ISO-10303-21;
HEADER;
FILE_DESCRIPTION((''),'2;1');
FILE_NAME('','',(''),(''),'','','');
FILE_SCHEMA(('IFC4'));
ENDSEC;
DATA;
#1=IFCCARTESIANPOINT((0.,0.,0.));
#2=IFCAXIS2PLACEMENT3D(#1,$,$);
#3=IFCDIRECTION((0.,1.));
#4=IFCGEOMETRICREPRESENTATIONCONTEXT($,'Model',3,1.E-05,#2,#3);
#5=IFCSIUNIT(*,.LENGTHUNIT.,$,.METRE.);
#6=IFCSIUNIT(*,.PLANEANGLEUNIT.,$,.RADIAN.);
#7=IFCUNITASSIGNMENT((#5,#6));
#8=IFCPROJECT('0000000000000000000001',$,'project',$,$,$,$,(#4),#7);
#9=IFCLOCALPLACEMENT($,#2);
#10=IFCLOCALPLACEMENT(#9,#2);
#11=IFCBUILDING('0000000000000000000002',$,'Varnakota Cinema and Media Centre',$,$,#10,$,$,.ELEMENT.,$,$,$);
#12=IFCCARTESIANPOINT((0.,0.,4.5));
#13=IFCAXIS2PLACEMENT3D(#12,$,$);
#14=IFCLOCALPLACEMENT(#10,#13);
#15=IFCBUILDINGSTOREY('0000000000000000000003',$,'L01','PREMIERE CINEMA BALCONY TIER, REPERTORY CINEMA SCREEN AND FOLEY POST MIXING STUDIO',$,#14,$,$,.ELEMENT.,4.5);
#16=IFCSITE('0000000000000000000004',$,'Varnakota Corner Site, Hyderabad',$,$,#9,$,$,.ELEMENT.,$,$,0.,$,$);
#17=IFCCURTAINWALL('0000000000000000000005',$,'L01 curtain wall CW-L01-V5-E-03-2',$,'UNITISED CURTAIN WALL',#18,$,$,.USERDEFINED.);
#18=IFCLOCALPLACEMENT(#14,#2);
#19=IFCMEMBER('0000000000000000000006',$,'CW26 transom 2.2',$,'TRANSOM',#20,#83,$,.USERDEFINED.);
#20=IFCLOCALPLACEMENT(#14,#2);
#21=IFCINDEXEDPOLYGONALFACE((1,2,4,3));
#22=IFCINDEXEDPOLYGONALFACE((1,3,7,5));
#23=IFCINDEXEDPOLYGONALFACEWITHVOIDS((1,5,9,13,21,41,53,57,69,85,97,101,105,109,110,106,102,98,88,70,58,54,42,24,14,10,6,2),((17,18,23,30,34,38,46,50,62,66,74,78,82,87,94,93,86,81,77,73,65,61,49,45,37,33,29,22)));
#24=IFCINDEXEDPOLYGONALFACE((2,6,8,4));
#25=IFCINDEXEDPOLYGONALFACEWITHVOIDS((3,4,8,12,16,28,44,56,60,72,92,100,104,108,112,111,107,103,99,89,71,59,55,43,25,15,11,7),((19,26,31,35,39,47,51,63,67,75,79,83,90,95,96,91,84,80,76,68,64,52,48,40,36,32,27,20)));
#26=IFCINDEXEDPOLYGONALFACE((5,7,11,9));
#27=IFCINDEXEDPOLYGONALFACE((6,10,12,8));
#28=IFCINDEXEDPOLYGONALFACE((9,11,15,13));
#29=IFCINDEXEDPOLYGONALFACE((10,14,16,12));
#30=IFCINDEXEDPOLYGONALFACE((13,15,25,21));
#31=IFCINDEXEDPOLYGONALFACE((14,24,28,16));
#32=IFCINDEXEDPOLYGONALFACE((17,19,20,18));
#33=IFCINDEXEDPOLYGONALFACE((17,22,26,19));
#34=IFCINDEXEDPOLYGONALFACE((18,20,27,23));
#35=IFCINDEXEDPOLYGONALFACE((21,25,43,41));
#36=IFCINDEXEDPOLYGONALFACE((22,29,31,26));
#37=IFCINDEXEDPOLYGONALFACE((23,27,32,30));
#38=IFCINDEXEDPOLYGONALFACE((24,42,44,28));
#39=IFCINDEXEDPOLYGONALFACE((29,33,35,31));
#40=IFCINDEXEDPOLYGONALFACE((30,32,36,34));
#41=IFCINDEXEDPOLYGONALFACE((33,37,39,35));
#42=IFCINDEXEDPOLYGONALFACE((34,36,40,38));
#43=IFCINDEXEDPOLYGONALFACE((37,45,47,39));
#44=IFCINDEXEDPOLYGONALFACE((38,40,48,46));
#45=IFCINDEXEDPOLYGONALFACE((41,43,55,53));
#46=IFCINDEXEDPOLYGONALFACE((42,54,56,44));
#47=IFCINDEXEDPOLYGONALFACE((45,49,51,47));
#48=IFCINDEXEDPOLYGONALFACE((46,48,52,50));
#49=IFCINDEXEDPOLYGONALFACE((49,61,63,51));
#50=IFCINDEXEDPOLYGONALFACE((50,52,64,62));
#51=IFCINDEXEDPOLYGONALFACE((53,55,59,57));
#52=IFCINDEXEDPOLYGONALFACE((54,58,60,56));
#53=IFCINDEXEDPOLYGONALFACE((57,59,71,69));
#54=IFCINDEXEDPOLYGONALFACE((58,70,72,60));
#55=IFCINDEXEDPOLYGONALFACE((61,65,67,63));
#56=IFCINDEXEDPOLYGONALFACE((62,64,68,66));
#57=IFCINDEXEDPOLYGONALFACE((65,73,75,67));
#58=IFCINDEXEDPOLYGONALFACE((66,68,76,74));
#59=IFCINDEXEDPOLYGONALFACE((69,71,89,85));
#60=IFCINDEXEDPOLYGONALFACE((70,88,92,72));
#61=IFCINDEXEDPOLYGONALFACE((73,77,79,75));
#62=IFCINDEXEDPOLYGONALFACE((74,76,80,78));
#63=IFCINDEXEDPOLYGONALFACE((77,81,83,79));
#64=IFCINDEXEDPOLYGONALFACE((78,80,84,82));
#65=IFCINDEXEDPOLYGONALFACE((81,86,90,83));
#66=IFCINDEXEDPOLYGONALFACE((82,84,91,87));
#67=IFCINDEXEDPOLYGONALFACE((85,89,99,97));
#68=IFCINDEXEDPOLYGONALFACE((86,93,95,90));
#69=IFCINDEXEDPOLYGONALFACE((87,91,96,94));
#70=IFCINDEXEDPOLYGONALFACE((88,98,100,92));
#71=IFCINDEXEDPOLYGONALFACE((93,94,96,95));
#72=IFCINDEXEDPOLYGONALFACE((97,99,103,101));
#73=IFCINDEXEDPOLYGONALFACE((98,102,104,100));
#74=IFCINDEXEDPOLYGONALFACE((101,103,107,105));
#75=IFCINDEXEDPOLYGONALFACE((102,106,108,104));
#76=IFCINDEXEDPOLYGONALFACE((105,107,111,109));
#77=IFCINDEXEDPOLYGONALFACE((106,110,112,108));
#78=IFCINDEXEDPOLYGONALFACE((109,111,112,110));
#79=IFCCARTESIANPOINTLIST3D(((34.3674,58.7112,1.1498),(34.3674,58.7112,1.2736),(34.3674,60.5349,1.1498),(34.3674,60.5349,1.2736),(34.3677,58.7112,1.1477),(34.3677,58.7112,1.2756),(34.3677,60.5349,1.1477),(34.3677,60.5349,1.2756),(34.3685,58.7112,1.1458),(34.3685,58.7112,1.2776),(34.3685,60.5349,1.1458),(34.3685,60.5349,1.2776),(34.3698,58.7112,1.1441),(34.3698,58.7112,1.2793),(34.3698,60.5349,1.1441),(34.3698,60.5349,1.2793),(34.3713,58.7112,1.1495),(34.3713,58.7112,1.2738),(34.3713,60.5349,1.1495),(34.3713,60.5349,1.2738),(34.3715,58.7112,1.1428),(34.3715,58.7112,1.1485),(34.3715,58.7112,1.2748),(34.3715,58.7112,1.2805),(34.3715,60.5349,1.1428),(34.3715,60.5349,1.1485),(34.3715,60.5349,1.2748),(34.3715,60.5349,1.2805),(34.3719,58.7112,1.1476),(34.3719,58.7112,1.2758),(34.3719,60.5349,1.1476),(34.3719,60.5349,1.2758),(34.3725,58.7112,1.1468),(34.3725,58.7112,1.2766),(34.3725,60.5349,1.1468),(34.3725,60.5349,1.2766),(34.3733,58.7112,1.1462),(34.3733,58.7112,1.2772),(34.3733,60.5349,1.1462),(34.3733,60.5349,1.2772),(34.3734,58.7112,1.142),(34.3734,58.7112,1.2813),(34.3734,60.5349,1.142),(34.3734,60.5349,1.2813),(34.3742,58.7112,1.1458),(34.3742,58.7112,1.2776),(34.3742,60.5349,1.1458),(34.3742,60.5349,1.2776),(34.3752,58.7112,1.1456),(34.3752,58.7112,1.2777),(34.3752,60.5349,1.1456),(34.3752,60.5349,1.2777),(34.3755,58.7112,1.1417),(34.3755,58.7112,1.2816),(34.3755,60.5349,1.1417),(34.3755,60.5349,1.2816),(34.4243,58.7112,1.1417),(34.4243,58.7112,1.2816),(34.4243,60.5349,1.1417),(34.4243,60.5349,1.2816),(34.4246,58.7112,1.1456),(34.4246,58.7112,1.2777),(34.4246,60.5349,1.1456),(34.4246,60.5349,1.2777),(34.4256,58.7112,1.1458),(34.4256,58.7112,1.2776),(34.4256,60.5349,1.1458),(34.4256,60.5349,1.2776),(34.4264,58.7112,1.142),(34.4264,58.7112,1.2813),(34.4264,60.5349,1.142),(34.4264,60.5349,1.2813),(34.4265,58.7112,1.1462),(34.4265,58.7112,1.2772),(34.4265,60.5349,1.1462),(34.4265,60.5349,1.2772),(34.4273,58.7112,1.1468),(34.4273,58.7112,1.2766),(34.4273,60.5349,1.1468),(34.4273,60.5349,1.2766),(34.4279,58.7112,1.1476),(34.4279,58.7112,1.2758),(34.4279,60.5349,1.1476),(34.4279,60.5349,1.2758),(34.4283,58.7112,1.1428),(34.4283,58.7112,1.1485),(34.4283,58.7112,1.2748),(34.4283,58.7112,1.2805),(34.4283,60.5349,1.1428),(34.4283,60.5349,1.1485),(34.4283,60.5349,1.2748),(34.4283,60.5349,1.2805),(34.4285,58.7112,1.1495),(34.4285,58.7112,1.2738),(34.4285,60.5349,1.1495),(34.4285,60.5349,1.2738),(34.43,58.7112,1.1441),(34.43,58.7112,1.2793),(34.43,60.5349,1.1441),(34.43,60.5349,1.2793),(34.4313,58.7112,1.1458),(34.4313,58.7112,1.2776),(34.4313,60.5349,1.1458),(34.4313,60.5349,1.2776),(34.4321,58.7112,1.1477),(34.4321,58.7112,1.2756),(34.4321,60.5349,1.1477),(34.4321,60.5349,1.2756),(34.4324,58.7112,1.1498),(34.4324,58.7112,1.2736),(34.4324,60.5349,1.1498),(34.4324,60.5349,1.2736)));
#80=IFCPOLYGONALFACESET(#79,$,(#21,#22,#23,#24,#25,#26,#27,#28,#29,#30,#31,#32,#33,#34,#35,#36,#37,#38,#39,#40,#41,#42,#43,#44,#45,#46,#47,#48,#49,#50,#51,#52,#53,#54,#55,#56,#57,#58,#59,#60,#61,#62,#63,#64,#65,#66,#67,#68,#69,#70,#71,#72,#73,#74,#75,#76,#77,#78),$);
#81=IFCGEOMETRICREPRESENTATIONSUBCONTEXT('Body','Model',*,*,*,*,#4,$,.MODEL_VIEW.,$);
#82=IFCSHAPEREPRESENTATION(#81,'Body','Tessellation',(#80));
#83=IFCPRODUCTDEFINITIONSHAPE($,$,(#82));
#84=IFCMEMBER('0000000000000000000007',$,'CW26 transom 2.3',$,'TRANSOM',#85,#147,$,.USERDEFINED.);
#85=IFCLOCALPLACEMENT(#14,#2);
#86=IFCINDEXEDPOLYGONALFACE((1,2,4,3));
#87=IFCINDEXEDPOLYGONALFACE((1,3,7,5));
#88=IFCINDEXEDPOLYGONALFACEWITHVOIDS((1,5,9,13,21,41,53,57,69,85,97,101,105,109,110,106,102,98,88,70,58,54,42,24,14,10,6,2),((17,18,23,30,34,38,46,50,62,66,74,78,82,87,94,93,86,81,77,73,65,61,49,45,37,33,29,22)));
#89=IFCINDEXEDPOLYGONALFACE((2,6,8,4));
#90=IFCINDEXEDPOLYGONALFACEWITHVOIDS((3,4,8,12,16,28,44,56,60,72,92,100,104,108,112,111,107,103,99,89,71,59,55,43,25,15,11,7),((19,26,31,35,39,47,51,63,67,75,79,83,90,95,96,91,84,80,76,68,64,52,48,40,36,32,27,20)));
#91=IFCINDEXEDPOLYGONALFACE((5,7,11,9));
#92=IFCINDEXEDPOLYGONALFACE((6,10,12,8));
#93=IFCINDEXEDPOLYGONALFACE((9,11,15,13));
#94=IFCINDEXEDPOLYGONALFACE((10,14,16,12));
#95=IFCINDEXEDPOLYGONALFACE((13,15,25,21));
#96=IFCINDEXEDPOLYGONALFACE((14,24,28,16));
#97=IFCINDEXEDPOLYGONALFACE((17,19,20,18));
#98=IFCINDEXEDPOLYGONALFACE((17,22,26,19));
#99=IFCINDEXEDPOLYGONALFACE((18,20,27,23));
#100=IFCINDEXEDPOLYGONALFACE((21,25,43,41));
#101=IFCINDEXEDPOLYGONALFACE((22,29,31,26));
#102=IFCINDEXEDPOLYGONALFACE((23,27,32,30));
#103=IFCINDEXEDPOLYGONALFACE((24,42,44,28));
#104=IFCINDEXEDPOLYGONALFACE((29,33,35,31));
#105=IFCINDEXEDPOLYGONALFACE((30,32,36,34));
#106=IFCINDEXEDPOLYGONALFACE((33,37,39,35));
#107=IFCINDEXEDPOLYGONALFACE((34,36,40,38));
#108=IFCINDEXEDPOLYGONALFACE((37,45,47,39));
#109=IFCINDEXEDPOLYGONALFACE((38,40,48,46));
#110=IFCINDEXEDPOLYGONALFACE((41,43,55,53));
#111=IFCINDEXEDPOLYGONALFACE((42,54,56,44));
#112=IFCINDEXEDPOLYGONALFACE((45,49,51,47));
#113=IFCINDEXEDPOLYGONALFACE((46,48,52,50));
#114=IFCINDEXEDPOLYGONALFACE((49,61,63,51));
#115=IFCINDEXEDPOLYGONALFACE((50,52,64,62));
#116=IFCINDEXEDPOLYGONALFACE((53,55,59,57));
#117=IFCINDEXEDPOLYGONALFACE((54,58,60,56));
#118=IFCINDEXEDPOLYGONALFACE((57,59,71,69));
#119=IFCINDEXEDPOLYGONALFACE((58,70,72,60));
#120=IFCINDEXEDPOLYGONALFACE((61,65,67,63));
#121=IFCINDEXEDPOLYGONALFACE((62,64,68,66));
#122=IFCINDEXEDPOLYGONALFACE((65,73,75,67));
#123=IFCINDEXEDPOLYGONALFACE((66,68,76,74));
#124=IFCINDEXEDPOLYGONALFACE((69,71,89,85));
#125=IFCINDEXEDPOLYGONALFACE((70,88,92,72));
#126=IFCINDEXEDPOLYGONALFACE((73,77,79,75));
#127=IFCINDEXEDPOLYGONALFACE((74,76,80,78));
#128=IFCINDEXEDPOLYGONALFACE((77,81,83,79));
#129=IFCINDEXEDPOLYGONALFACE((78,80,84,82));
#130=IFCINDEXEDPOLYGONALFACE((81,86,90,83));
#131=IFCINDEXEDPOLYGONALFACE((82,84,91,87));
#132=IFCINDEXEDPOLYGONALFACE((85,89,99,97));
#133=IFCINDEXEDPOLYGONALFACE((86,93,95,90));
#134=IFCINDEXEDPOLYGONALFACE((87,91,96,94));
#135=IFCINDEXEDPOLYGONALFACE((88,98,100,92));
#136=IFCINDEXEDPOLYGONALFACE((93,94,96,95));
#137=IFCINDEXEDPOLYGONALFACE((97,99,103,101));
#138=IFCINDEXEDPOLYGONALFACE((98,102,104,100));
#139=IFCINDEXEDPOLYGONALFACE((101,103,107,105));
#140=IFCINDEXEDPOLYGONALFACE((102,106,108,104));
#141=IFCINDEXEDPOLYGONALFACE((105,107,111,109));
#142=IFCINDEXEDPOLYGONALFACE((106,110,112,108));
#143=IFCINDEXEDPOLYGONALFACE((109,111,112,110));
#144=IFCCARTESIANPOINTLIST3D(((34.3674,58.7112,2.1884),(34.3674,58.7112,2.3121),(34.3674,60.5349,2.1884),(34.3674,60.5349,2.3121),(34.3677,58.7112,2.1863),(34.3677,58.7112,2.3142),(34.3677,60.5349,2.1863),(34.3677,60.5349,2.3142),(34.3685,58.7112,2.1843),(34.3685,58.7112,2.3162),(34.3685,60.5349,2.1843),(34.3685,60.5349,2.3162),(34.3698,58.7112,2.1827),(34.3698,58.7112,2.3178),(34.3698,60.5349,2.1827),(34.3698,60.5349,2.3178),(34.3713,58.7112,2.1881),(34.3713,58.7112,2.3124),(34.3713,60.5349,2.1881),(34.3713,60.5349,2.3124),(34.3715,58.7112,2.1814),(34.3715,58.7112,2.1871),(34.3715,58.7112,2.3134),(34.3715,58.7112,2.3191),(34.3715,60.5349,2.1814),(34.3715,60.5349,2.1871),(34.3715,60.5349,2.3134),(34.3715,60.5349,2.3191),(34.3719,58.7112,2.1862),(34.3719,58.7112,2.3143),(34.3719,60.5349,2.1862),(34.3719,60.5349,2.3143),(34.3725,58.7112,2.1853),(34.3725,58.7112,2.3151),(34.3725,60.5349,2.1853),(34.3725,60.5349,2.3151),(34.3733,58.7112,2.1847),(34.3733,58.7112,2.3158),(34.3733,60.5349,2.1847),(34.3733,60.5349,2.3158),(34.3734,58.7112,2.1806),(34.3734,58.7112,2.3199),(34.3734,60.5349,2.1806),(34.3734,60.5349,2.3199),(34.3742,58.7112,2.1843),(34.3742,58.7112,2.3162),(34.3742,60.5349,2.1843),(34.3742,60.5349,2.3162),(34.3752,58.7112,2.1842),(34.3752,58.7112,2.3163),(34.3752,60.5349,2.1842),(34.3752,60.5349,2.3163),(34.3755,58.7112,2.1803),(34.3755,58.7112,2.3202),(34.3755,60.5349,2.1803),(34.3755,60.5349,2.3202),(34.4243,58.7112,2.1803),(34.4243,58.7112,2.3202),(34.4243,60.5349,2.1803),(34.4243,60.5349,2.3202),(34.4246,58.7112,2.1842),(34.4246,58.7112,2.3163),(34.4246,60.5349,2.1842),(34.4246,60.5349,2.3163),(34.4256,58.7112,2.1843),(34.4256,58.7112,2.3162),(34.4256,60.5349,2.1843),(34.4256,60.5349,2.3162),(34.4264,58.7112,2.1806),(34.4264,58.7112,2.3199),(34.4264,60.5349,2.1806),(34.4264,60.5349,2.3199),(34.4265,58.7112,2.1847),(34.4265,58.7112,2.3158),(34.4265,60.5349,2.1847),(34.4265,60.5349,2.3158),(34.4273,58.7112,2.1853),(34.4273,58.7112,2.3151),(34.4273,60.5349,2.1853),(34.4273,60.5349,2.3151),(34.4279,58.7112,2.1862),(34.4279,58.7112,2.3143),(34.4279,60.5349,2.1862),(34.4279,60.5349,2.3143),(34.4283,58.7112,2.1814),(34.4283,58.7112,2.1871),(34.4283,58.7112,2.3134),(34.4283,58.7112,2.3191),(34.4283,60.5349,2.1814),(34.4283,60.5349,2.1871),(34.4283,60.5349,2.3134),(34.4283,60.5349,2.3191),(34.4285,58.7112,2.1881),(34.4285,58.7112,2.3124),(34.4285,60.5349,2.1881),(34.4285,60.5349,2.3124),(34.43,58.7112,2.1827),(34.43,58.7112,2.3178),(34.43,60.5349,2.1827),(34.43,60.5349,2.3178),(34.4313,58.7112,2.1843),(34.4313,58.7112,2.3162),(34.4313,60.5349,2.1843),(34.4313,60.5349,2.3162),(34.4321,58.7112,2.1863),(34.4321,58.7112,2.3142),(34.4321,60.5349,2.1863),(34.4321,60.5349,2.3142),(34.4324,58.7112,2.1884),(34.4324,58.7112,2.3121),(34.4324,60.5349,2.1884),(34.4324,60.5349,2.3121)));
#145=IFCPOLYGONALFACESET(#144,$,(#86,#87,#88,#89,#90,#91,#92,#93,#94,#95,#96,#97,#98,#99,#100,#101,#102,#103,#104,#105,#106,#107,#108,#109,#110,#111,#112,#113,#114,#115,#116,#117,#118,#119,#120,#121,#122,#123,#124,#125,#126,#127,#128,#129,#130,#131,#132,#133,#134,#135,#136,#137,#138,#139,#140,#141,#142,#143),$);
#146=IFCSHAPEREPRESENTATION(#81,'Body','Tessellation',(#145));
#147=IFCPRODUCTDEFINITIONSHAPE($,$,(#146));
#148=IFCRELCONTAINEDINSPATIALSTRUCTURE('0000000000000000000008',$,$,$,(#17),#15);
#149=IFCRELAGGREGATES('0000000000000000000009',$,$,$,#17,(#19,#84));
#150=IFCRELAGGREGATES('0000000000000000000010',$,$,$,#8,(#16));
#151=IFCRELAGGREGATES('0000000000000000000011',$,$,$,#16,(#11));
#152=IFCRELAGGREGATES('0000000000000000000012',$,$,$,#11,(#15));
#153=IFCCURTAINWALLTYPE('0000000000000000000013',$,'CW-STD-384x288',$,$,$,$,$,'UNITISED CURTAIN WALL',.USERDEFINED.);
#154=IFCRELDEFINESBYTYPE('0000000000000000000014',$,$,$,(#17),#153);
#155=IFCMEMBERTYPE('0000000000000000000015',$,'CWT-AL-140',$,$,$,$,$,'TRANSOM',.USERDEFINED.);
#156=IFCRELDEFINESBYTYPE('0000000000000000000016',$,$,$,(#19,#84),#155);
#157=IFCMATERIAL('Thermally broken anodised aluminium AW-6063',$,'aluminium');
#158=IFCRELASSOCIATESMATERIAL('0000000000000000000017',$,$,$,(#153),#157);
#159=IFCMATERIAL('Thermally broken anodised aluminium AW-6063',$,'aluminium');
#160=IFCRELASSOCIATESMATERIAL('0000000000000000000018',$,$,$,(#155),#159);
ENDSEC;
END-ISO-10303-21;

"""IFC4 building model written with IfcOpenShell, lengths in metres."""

from ifc_helpers import new_model, si_unit, direction, frame, origin, origin_2d, place, context, subcontext, project, spatial, hollow_rectangle, extrude, material, material_profile, profile_set, type_object, element, aggregate, save


model = new_model("IFC4")

# Units and contexts
model_context = context("Model", 3, precision=1e-05, world=origin(), true_north=direction((0.0, 1.0)))
body_context = subcontext(model_context, "Body", "Model", "MODEL_VIEW")
ifc_project = project(units=[si_unit("LENGTHUNIT", "METRE"), si_unit("PLANEANGLEUNIT", "RADIAN")], contexts=[model_context])

# Site, building, storey
site_placement = place(None, origin())
site = spatial("IfcSite", under=ifc_project, at=site_placement, Name="Varnakota Corner Site, Hyderabad", CompositionType="ELEMENT", RefElevation=0.0)
building_placement = place(site_placement, origin())
building = spatial("IfcBuilding", under=site, at=building_placement, Name="Varnakota Cinema and Media Centre", CompositionType="ELEMENT")
storey_placement = place(building_placement, frame((0.0, 0.0, 4.5)))
storey = spatial("IfcBuildingStorey", under=building, at=storey_placement, Name="L01", Description="PREMIERE CINEMA BALCONY TIER, REPERTORY CINEMA SCREEN AND FOLEY POST MIXING STUDIO", CompositionType="ELEMENT", Elevation=4.5)

# Shared definitions
ifc_material_1 = material(Name="Thermally broken anodised aluminium AW-6063", Category="aluminium")
curtain_wall_type = type_object("IfcCurtainWallType", Name="CW-STD-384x288", ElementType="UNITISED CURTAIN WALL", PredefinedType="USERDEFINED", material=ifc_material_1)

# Curtain wall, members
curtain_wall_1_placement = place(storey_placement, origin())
curtain_wall_1 = element("IfcCurtainWall", 1, at=curtain_wall_1_placement, inside=storey, type_object=curtain_wall_type, Name="L01 curtain wall CW-L01-V5-E-03-2", ObjectType="UNITISED CURTAIN WALL", PredefinedType="USERDEFINED")
ifc_material_2 = material(Name="Thermally broken anodised aluminium AW-6063", Category="aluminium")
ifc_material_profile_1 = material_profile(ifc_material_2, hollow_rectangle(XDim=0.0649, YDim=0.1399, WallThickness=0.0039, InnerFilletRadius=0.0039, OuterFilletRadius=0.0081, at=origin_2d()), Name="AL-TRANSOM 140x65x4")
ifc_profile_set_1 = profile_set([ifc_material_profile_1], Name="Thermally broken anodised aluminium AW-6063")
member_type_1 = type_object("IfcMemberType", Name="CWT-AL-140", ElementType="TRANSOM", PredefinedType="USERDEFINED", material=ifc_profile_set_1)
member_1_placement = place(storey_placement, frame((34.3999, 58.7112, 1.2117), z_axis=(0.0, 1.0, 0.0), x_axis=(-1.0, 0.0, 0.0)))
member_1 = element("IfcMember", 2, at=member_1_placement, type_object=member_type_1, Name="CW26 transom 2.2", ObjectType="TRANSOM", PredefinedType="USERDEFINED", context=body_context, shape_type="SweptSolid", body=[
    extrude(hollow_rectangle(XDim=0.0649, YDim=0.1399, WallThickness=0.0039, InnerFilletRadius=0.0039, OuterFilletRadius=0.0081, at=origin_2d()), origin(), (0.0, 0.0, 1.0), 1.8237),
])
member_2_placement = place(storey_placement, frame((34.3999, 58.7112, 2.2502), z_axis=(0.0, 1.0, 0.0), x_axis=(-1.0, 0.0, 0.0)))
member_2 = element("IfcMember", 3, at=member_2_placement, type_object=member_type_1, Name="CW26 transom 2.3", ObjectType="TRANSOM", PredefinedType="USERDEFINED", context=body_context, shape_type="SweptSolid", body=[
    extrude(hollow_rectangle(XDim=0.0649, YDim=0.1399, WallThickness=0.0039, InnerFilletRadius=0.0039, OuterFilletRadius=0.0081, at=origin_2d()), origin(), (0.0, 0.0, 1.0), 1.8237),
])

aggregate(curtain_wall_1, [member_1, member_2])

save(model, "model.ifc")
